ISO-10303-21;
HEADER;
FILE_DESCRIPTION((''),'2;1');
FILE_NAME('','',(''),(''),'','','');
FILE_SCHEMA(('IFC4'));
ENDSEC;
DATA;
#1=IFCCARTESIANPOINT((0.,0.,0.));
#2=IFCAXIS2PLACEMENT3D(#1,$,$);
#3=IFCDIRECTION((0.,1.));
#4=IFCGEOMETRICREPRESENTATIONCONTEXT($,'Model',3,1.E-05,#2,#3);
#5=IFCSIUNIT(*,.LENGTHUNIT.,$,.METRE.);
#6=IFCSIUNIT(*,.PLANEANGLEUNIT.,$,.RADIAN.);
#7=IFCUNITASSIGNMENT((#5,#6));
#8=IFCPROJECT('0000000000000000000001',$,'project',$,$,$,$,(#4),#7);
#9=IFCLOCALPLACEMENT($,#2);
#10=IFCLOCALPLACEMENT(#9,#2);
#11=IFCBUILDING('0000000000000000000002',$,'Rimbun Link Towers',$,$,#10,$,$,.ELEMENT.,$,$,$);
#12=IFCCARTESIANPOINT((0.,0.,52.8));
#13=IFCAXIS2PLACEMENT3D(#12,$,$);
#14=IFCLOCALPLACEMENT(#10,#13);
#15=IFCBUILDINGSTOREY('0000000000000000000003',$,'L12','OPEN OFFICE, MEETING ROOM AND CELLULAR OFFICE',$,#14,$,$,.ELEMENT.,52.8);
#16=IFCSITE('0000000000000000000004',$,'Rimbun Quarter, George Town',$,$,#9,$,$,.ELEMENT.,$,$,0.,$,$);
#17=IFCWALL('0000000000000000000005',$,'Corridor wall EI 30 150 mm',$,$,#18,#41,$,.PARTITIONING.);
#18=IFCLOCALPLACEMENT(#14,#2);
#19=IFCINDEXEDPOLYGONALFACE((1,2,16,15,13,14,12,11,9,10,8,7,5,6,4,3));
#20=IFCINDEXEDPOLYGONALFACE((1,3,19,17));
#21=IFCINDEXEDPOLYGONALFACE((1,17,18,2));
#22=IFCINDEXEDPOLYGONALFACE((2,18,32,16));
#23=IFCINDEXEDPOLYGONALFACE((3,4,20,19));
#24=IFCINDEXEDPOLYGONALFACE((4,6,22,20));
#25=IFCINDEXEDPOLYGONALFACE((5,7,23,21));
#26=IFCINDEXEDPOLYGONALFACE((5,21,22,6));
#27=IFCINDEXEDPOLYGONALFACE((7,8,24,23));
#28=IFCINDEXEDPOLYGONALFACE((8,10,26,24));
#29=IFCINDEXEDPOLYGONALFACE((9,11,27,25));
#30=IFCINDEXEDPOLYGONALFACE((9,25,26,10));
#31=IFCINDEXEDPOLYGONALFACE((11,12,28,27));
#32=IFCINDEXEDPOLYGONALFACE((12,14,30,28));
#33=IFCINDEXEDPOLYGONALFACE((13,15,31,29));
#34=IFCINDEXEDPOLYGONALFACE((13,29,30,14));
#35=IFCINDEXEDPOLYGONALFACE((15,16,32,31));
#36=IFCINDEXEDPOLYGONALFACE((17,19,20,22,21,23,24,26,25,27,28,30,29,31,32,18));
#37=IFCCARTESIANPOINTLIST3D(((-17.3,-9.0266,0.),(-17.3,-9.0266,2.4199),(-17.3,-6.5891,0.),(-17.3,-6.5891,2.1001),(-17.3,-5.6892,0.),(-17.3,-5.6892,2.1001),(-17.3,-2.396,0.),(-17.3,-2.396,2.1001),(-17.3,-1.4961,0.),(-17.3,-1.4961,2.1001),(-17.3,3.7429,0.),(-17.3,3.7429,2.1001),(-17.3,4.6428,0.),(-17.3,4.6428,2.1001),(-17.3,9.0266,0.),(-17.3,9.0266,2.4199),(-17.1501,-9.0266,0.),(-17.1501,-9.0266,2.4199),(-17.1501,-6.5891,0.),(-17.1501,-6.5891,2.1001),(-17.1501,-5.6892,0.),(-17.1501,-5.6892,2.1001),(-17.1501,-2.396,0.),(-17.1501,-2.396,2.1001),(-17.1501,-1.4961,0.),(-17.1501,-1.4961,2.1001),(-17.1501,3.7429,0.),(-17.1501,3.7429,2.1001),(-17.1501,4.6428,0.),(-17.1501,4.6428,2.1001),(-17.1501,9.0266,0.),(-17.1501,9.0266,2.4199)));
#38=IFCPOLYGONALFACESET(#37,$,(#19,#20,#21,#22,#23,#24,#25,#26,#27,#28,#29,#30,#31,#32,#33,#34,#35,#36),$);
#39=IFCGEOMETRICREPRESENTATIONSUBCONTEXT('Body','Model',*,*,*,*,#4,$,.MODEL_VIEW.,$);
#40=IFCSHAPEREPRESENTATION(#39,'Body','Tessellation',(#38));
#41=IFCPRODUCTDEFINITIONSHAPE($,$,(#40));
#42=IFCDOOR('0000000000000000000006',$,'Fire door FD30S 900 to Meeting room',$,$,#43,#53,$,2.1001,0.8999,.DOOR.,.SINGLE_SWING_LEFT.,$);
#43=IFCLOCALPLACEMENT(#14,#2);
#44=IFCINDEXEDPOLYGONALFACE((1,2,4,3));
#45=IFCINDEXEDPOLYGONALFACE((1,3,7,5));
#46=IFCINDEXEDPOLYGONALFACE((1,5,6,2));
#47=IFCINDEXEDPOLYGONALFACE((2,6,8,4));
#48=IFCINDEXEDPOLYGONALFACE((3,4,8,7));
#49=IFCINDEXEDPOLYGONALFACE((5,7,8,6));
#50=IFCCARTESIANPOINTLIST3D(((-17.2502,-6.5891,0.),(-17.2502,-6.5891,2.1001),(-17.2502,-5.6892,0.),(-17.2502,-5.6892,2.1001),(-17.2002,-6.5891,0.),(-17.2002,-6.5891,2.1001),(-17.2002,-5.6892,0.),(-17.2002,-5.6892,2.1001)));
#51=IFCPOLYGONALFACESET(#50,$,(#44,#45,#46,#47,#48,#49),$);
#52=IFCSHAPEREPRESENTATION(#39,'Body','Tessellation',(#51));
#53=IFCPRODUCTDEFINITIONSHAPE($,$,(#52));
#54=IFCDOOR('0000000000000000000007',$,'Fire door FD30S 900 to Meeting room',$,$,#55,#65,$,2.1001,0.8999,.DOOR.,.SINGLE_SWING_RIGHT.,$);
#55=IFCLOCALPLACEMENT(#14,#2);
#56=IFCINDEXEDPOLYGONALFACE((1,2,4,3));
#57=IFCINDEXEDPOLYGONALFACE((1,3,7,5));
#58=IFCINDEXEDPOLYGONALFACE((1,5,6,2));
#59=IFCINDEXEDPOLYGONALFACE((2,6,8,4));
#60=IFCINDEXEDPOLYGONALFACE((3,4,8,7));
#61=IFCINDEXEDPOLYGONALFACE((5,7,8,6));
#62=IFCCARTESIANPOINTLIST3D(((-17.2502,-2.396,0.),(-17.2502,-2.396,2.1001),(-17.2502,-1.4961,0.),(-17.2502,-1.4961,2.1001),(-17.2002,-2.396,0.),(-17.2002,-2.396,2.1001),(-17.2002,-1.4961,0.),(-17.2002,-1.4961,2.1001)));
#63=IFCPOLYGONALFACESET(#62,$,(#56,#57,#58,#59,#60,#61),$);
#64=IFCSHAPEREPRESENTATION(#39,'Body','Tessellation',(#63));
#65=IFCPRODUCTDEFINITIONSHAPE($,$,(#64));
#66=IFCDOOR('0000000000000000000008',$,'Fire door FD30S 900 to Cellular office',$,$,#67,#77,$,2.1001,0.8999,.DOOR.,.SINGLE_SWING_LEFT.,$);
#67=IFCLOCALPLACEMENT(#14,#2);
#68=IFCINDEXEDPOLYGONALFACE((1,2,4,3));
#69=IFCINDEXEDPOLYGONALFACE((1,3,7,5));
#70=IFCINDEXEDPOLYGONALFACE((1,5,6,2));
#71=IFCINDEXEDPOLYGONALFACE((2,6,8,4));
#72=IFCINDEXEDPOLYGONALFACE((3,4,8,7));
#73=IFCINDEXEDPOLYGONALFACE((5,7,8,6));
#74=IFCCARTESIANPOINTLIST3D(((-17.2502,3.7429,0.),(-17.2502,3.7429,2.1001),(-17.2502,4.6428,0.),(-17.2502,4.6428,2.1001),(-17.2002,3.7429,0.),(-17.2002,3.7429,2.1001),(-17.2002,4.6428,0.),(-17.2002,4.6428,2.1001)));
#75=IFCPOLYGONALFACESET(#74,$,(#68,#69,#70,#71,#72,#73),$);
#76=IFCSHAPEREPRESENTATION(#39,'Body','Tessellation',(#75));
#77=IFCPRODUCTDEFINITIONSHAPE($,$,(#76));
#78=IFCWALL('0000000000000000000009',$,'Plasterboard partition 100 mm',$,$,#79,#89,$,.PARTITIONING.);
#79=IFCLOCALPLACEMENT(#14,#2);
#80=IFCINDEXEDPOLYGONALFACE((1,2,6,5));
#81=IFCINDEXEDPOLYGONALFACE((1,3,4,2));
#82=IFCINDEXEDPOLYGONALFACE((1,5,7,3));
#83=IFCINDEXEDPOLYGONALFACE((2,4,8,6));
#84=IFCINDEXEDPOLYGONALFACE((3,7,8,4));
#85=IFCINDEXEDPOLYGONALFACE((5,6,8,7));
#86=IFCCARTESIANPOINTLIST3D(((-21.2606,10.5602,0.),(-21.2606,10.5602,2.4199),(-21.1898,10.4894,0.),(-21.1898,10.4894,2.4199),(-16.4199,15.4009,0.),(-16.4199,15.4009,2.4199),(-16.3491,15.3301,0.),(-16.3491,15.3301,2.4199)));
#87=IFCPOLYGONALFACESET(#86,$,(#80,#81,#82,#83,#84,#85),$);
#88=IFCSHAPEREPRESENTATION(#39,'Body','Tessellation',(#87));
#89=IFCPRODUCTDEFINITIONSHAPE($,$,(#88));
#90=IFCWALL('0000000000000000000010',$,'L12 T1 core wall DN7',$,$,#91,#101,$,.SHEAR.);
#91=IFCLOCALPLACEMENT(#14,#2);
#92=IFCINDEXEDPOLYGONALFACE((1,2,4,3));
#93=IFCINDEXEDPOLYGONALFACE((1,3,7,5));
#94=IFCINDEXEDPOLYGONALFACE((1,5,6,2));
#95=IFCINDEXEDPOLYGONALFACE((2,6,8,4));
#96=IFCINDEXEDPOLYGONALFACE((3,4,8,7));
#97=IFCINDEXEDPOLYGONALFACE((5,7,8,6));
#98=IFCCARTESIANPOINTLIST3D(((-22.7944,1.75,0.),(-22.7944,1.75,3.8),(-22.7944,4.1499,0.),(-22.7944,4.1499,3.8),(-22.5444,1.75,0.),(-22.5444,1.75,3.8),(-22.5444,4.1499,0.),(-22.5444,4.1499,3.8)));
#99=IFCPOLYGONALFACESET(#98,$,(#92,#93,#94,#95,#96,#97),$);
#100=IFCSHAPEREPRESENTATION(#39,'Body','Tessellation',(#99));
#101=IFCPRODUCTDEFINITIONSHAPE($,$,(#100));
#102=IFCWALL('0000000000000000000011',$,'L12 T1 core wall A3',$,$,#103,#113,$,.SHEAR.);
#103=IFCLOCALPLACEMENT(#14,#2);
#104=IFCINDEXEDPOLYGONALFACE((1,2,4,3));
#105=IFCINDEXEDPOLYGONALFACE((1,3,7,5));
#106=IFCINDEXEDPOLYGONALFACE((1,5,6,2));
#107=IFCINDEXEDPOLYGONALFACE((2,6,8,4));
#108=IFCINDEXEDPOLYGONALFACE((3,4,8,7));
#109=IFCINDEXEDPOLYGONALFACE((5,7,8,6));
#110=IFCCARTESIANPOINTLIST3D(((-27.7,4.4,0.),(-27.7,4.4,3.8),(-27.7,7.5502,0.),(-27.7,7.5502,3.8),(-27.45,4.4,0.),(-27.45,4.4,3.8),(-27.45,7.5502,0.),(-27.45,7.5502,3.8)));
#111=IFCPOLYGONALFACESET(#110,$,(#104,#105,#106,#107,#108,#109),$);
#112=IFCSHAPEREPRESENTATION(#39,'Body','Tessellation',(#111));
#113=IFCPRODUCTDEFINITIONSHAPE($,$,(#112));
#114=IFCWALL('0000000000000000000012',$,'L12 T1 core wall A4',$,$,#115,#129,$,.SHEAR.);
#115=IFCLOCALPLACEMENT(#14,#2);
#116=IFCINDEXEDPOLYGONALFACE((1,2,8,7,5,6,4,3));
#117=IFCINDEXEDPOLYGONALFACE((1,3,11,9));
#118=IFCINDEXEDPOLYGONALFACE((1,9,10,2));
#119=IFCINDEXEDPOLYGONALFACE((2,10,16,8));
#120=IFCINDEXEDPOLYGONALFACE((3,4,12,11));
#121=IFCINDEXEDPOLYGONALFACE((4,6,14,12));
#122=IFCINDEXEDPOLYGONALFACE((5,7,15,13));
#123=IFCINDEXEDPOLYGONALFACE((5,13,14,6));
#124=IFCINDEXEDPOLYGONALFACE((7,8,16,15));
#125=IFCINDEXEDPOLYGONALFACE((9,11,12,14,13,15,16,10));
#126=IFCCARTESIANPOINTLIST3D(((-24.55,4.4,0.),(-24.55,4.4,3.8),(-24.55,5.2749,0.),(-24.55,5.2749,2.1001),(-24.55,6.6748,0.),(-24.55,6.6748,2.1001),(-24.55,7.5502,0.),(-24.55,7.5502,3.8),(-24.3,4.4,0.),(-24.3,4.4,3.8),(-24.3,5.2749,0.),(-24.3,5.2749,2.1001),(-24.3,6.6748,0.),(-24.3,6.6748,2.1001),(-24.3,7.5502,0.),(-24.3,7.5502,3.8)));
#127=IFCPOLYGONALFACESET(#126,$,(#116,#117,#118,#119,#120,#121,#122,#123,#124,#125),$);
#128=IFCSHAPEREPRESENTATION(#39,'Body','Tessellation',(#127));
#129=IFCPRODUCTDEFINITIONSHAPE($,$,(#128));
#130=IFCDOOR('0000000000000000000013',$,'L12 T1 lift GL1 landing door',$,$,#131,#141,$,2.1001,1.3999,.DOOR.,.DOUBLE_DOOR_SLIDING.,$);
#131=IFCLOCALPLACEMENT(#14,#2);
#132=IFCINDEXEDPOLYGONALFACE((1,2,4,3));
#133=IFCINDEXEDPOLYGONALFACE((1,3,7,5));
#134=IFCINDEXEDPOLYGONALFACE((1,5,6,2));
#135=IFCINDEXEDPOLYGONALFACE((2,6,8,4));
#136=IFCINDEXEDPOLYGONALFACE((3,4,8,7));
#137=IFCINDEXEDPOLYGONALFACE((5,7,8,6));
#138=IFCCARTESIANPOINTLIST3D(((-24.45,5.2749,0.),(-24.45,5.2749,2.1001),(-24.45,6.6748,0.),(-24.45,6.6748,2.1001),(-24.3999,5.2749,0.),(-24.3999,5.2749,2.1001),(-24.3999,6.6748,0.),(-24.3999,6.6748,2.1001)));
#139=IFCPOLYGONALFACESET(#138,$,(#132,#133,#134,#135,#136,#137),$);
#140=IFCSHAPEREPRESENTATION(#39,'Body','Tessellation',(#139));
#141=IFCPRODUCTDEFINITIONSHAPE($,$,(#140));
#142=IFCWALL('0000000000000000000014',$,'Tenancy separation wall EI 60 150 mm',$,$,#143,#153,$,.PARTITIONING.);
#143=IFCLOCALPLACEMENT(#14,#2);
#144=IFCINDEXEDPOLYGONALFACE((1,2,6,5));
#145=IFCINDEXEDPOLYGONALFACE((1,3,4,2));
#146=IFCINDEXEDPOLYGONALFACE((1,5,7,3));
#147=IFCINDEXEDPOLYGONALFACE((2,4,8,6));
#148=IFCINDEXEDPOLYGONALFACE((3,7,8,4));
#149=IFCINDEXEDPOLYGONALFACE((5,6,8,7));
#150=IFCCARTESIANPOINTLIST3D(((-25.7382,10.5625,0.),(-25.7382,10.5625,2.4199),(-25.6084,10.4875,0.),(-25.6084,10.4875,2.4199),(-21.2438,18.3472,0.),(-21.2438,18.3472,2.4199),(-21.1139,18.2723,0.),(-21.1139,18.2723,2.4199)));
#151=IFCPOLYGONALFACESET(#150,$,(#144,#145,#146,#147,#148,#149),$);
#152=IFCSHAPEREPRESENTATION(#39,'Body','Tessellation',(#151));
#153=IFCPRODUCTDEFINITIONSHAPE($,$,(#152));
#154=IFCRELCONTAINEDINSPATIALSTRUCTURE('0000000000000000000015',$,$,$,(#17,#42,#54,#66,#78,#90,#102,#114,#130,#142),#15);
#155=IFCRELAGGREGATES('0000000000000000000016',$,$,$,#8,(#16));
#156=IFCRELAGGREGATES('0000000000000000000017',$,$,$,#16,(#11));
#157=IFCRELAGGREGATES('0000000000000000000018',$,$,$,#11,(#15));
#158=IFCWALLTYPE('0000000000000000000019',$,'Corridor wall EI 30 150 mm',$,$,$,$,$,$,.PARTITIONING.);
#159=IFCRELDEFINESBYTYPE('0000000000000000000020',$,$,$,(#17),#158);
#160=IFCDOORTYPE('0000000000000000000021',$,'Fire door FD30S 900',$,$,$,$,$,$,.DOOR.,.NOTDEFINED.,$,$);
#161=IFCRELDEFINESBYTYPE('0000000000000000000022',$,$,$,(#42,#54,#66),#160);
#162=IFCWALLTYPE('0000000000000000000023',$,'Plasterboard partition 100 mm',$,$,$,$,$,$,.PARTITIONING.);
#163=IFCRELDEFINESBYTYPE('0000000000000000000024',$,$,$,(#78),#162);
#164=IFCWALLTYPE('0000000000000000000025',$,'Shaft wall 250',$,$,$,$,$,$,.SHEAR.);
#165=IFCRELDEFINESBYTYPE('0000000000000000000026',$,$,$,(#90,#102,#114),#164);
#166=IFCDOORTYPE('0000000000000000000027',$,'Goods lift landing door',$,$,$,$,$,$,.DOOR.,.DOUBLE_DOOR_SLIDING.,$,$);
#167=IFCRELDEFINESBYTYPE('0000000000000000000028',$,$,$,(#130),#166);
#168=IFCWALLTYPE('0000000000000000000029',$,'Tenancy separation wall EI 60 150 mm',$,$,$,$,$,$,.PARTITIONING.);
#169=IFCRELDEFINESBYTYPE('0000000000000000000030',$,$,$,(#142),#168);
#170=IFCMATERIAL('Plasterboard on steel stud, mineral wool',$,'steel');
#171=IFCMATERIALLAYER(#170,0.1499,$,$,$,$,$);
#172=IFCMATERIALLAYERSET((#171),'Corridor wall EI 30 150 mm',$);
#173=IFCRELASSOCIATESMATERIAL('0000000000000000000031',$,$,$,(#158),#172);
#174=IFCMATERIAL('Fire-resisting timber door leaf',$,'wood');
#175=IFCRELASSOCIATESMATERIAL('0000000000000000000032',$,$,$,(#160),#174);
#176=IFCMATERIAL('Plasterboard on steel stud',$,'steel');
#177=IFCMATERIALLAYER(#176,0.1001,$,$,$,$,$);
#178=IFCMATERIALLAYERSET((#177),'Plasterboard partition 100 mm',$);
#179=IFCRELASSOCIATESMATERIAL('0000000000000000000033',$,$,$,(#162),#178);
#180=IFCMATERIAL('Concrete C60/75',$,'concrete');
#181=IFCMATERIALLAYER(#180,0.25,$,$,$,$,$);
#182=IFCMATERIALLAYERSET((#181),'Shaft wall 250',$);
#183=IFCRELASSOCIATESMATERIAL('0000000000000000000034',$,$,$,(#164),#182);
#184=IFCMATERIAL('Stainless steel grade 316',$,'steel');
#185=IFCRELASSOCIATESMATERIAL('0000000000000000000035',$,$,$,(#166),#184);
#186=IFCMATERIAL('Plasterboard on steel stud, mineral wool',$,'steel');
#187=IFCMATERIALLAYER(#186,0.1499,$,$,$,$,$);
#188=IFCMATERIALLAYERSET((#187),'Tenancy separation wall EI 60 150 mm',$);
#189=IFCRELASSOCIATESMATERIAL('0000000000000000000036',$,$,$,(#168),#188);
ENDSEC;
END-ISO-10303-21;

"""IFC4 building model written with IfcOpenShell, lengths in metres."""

from ifc_helpers import new_model, si_unit, direction, frame, frame_2d, origin, place, context, subcontext, project, spatial, rectangle, extrude, material, layer, layer_set, type_object, element, fill, save


model = new_model("IFC4")

# Units and contexts
model_context = context("Model", 3, precision=1e-05, world=origin(), true_north=direction((0.0, 1.0)))
body_context = subcontext(model_context, "Body", "Model", "MODEL_VIEW")
ifc_project = project(units=[si_unit("LENGTHUNIT", "METRE"), si_unit("PLANEANGLEUNIT", "RADIAN")], contexts=[model_context])

# Site, building, storey
site_placement = place(None, origin())
site = spatial("IfcSite", under=ifc_project, at=site_placement, Name="Rimbun Quarter, George Town", CompositionType="ELEMENT", RefElevation=0.0)
building_placement = place(site_placement, origin())
building = spatial("IfcBuilding", under=site, at=building_placement, Name="Rimbun Link Towers", CompositionType="ELEMENT")
storey_placement = place(building_placement, frame((0.0, 0.0, 52.8)))
storey = spatial("IfcBuildingStorey", under=building, at=storey_placement, Name="L12", Description="OPEN OFFICE, MEETING ROOM AND CELLULAR OFFICE", CompositionType="ELEMENT", Elevation=52.8)

# Shared definitions
ifc_material_1 = material(Name="Plasterboard on steel stud, mineral wool", Category="steel")
ifc_layer_1 = layer(ifc_material_1, 0.1499)
ifc_layer_set_1 = layer_set([ifc_layer_1], Name="Corridor wall EI 30 150 mm")
wall_type_1 = type_object("IfcWallType", Name="Corridor wall EI 30 150 mm", PredefinedType="PARTITIONING", material=ifc_layer_set_1)

# Wall, openings, doors
wall_1_placement = place(storey_placement, frame((-17.2251, 9.0266, 0.0), z_axis=(0.0, 0.0, 1.0), x_axis=(0.0, -1.0, 0.0)))
wall_1 = element("IfcWall", 1, at=wall_1_placement, inside=storey, type_object=wall_type_1, Name="Corridor wall EI 30 150 mm", PredefinedType="PARTITIONING", context=body_context, shape_type="SweptSolid", body=[
    extrude(rectangle(XDim=18.0532, YDim=0.1499, at=frame_2d((9.0266, 0.0))), origin(), (0.0, 0.0, 1.0), 2.4199),
])
opening_1_placement = place(wall_1_placement, frame((14.7158, 0.0, 0.0)))
opening_1 = element("IfcOpeningElement", 2, at=opening_1_placement, cuts=wall_1, PredefinedType="OPENING", context=body_context, shape_type="SweptSolid", body=[
    extrude(rectangle(XDim=0.8999, YDim=2.1001, at=frame_2d((0.45, 1.05))), frame((0.0, 0.085, 0.0), z_axis=(0.0, -1.0, 0.0), x_axis=(1.0, 0.0, 0.0)), (0.0, 0.0, 1.0), 0.1699),
])
opening_2_placement = place(wall_1_placement, frame((10.5227, 0.0, 0.0)))
opening_2 = element("IfcOpeningElement", 3, at=opening_2_placement, cuts=wall_1, PredefinedType="OPENING", context=body_context, shape_type="SweptSolid", body=[
    extrude(rectangle(XDim=0.8999, YDim=2.1001, at=frame_2d((0.45, 1.05))), frame((0.0, 0.085, 0.0), z_axis=(0.0, -1.0, 0.0), x_axis=(1.0, 0.0, 0.0)), (0.0, 0.0, 1.0), 0.1699),
])
opening_3_placement = place(wall_1_placement, frame((4.3838, 0.0, 0.0)))
opening_3 = element("IfcOpeningElement", 4, at=opening_3_placement, cuts=wall_1, PredefinedType="OPENING", context=body_context, shape_type="SweptSolid", body=[
    extrude(rectangle(XDim=0.8999, YDim=2.1001, at=frame_2d((0.45, 1.05))), frame((0.0, 0.085, 0.0), z_axis=(0.0, -1.0, 0.0), x_axis=(1.0, 0.0, 0.0)), (0.0, 0.0, 1.0), 0.1699),
])
ifc_material_2 = material(Name="Fire-resisting timber door leaf", Category="wood")
door_type_1 = type_object("IfcDoorType", Name="Fire door FD30S 900", OperationType="NOTDEFINED", PredefinedType="DOOR", material=ifc_material_2)
door_1_placement = place(opening_1_placement, origin())
door_1 = element("IfcDoor", 5, at=door_1_placement, inside=storey, type_object=door_type_1, Name="Fire door FD30S 900 to Meeting room", OperationType="SINGLE_SWING_LEFT", OverallHeight=2.1001, OverallWidth=0.8999, PredefinedType="DOOR", context=body_context, shape_type="SweptSolid", body=[
    extrude(rectangle(XDim=0.8999, YDim=2.1001, at=frame_2d((0.45, 1.05))), frame((0.0, 0.0249, 0.0), z_axis=(0.0, -1.0, 0.0), x_axis=(1.0, 0.0, 0.0)), (0.0, 0.0, 1.0), 0.05),
])
fill(opening_1, door_1)
door_2_placement = place(opening_2_placement, origin())
door_2 = element("IfcDoor", 6, at=door_2_placement, inside=storey, type_object=door_type_1, Name="Fire door FD30S 900 to Meeting room", OperationType="SINGLE_SWING_RIGHT", OverallHeight=2.1001, OverallWidth=0.8999, PredefinedType="DOOR", context=body_context, shape_type="SweptSolid", body=[
    extrude(rectangle(XDim=0.8999, YDim=2.1001, at=frame_2d((0.45, 1.05))), frame((0.0, 0.0249, 0.0), z_axis=(0.0, -1.0, 0.0), x_axis=(1.0, 0.0, 0.0)), (0.0, 0.0, 1.0), 0.05),
])
fill(opening_2, door_2)
door_3_placement = place(opening_3_placement, origin())
door_3 = element("IfcDoor", 7, at=door_3_placement, inside=storey, type_object=door_type_1, Name="Fire door FD30S 900 to Cellular office", OperationType="SINGLE_SWING_LEFT", OverallHeight=2.1001, OverallWidth=0.8999, PredefinedType="DOOR", context=body_context, shape_type="SweptSolid", body=[
    extrude(rectangle(XDim=0.8999, YDim=2.1001, at=frame_2d((0.45, 1.05))), frame((0.0, 0.0249, 0.0), z_axis=(0.0, -1.0, 0.0), x_axis=(1.0, 0.0, 0.0)), (0.0, 0.0, 1.0), 0.05),
])
fill(opening_3, door_3)

# Walls
ifc_material_3 = material(Name="Plasterboard on steel stud", Category="steel")
ifc_layer_2 = layer(ifc_material_3, 0.1001)
ifc_layer_set_2 = layer_set([ifc_layer_2], Name="Plasterboard partition 100 mm")
wall_type_2 = type_object("IfcWallType", Name="Plasterboard partition 100 mm", PredefinedType="PARTITIONING", material=ifc_layer_set_2)
wall_2_placement = place(storey_placement, frame((-16.3845, 15.3655, 0.0), z_axis=(0.0, 0.0, 1.0), x_axis=(-0.707107, -0.707107, 0.0)))
element("IfcWall", 8, at=wall_2_placement, inside=storey, type_object=wall_type_2, Name="Plasterboard partition 100 mm", PredefinedType="PARTITIONING", context=body_context, shape_type="SweptSolid", body=[
    extrude(rectangle(XDim=6.8457, YDim=0.1001, at=frame_2d((3.4229, 0.0))), origin(), (0.0, 0.0, 1.0), 2.4199),
])
ifc_material_4 = material(Name="Concrete C60/75", Category="concrete")
ifc_layer_3 = layer(ifc_material_4, 0.25)
ifc_layer_set_3 = layer_set([ifc_layer_3], Name="Shaft wall 250")
wall_type_3 = type_object("IfcWallType", Name="Shaft wall 250", PredefinedType="SHEAR", material=ifc_layer_set_3)
wall_3_placement = place(storey_placement, frame((-22.6694, 1.75, 0.0), z_axis=(0.0, 0.0, 1.0), x_axis=(0.0, 1.0, 0.0)))
element("IfcWall", 9, at=wall_3_placement, inside=storey, type_object=wall_type_3, Name="L12 T1 core wall DN7", PredefinedType="SHEAR", context=body_context, shape_type="SweptSolid", body=[
    extrude(rectangle(XDim=2.3999, YDim=0.25, at=frame_2d((1.2, 0.0))), origin(), (0.0, 0.0, 1.0), 3.8),
])
wall_4_placement = place(storey_placement, frame((-27.575, 4.3999, 0.0), z_axis=(0.0, 0.0, 1.0), x_axis=(0.0, 1.0, 0.0)))
element("IfcWall", 10, at=wall_4_placement, inside=storey, type_object=wall_type_3, Name="L12 T1 core wall A3", PredefinedType="SHEAR", context=body_context, shape_type="SweptSolid", body=[
    extrude(rectangle(XDim=3.1501, YDim=0.25, at=frame_2d((1.5752, 0.0))), origin(), (0.0, 0.0, 1.0), 3.8),
])

# Wall, opening, door
wall_5_placement = place(storey_placement, frame((-24.425, 4.3999, 0.0), z_axis=(0.0, 0.0, 1.0), x_axis=(0.0, 1.0, 0.0)))
wall_5 = element("IfcWall", 11, at=wall_5_placement, inside=storey, type_object=wall_type_3, Name="L12 T1 core wall A4", PredefinedType="SHEAR", context=body_context, shape_type="SweptSolid", body=[
    extrude(rectangle(XDim=3.1501, YDim=0.25, at=frame_2d((1.5752, 0.0))), origin(), (0.0, 0.0, 1.0), 3.8),
])
opening_4_placement = place(wall_5_placement, frame((0.875, 0.0, 0.0)))
opening_4 = element("IfcOpeningElement", 12, at=opening_4_placement, cuts=wall_5, PredefinedType="OPENING", context=body_context, shape_type="SweptSolid", body=[
    extrude(rectangle(XDim=1.3999, YDim=2.1001, at=frame_2d((0.7, 1.05))), frame((0.0, 0.135, 0.0), z_axis=(0.0, -1.0, 0.0), x_axis=(1.0, 0.0, 0.0)), (0.0, 0.0, 1.0), 0.27),
])
ifc_material_5 = material(Name="Stainless steel grade 316", Category="steel")
door_type_2 = type_object("IfcDoorType", Name="Goods lift landing door", OperationType="DOUBLE_DOOR_SLIDING", PredefinedType="DOOR", material=ifc_material_5)
door_4_placement = place(opening_4_placement, origin())
door_4 = element("IfcDoor", 13, at=door_4_placement, inside=storey, type_object=door_type_2, Name="L12 T1 lift GL1 landing door", OperationType="DOUBLE_DOOR_SLIDING", OverallHeight=2.1001, OverallWidth=1.3999, PredefinedType="DOOR", context=body_context, shape_type="SweptSolid", body=[
    extrude(rectangle(XDim=1.3999, YDim=2.1001, at=frame_2d((0.7, 1.05))), frame((0.0, 0.0249, 0.0), z_axis=(0.0, -1.0, 0.0), x_axis=(1.0, 0.0, 0.0)), (0.0, 0.0, 1.0), 0.05),
])
fill(opening_4, door_4)

# Wall
ifc_material_6 = material(Name="Plasterboard on steel stud, mineral wool", Category="steel")
ifc_layer_4 = layer(ifc_material_6, 0.1499)
ifc_layer_set_4 = layer_set([ifc_layer_4], Name="Tenancy separation wall EI 60 150 mm")
wall_type_4 = type_object("IfcWallType", Name="Tenancy separation wall EI 60 150 mm", PredefinedType="PARTITIONING", material=ifc_layer_set_4)
wall_6_placement = place(storey_placement, frame((-25.6733, 10.5249, 0.0), z_axis=(0.0, 0.0, 1.0), x_axis=(0.499992, 0.86603, 0.0)))
element("IfcWall", 14, at=wall_6_placement, inside=storey, type_object=wall_type_4, Name="Tenancy separation wall EI 60 150 mm", PredefinedType="PARTITIONING", context=body_context, shape_type="SweptSolid", body=[
    extrude(rectangle(XDim=8.989, YDim=0.1499, at=frame_2d((4.4946, 0.0))), origin(), (0.0, 0.0, 1.0), 2.4199),
])

save(model, "model.ifc")
